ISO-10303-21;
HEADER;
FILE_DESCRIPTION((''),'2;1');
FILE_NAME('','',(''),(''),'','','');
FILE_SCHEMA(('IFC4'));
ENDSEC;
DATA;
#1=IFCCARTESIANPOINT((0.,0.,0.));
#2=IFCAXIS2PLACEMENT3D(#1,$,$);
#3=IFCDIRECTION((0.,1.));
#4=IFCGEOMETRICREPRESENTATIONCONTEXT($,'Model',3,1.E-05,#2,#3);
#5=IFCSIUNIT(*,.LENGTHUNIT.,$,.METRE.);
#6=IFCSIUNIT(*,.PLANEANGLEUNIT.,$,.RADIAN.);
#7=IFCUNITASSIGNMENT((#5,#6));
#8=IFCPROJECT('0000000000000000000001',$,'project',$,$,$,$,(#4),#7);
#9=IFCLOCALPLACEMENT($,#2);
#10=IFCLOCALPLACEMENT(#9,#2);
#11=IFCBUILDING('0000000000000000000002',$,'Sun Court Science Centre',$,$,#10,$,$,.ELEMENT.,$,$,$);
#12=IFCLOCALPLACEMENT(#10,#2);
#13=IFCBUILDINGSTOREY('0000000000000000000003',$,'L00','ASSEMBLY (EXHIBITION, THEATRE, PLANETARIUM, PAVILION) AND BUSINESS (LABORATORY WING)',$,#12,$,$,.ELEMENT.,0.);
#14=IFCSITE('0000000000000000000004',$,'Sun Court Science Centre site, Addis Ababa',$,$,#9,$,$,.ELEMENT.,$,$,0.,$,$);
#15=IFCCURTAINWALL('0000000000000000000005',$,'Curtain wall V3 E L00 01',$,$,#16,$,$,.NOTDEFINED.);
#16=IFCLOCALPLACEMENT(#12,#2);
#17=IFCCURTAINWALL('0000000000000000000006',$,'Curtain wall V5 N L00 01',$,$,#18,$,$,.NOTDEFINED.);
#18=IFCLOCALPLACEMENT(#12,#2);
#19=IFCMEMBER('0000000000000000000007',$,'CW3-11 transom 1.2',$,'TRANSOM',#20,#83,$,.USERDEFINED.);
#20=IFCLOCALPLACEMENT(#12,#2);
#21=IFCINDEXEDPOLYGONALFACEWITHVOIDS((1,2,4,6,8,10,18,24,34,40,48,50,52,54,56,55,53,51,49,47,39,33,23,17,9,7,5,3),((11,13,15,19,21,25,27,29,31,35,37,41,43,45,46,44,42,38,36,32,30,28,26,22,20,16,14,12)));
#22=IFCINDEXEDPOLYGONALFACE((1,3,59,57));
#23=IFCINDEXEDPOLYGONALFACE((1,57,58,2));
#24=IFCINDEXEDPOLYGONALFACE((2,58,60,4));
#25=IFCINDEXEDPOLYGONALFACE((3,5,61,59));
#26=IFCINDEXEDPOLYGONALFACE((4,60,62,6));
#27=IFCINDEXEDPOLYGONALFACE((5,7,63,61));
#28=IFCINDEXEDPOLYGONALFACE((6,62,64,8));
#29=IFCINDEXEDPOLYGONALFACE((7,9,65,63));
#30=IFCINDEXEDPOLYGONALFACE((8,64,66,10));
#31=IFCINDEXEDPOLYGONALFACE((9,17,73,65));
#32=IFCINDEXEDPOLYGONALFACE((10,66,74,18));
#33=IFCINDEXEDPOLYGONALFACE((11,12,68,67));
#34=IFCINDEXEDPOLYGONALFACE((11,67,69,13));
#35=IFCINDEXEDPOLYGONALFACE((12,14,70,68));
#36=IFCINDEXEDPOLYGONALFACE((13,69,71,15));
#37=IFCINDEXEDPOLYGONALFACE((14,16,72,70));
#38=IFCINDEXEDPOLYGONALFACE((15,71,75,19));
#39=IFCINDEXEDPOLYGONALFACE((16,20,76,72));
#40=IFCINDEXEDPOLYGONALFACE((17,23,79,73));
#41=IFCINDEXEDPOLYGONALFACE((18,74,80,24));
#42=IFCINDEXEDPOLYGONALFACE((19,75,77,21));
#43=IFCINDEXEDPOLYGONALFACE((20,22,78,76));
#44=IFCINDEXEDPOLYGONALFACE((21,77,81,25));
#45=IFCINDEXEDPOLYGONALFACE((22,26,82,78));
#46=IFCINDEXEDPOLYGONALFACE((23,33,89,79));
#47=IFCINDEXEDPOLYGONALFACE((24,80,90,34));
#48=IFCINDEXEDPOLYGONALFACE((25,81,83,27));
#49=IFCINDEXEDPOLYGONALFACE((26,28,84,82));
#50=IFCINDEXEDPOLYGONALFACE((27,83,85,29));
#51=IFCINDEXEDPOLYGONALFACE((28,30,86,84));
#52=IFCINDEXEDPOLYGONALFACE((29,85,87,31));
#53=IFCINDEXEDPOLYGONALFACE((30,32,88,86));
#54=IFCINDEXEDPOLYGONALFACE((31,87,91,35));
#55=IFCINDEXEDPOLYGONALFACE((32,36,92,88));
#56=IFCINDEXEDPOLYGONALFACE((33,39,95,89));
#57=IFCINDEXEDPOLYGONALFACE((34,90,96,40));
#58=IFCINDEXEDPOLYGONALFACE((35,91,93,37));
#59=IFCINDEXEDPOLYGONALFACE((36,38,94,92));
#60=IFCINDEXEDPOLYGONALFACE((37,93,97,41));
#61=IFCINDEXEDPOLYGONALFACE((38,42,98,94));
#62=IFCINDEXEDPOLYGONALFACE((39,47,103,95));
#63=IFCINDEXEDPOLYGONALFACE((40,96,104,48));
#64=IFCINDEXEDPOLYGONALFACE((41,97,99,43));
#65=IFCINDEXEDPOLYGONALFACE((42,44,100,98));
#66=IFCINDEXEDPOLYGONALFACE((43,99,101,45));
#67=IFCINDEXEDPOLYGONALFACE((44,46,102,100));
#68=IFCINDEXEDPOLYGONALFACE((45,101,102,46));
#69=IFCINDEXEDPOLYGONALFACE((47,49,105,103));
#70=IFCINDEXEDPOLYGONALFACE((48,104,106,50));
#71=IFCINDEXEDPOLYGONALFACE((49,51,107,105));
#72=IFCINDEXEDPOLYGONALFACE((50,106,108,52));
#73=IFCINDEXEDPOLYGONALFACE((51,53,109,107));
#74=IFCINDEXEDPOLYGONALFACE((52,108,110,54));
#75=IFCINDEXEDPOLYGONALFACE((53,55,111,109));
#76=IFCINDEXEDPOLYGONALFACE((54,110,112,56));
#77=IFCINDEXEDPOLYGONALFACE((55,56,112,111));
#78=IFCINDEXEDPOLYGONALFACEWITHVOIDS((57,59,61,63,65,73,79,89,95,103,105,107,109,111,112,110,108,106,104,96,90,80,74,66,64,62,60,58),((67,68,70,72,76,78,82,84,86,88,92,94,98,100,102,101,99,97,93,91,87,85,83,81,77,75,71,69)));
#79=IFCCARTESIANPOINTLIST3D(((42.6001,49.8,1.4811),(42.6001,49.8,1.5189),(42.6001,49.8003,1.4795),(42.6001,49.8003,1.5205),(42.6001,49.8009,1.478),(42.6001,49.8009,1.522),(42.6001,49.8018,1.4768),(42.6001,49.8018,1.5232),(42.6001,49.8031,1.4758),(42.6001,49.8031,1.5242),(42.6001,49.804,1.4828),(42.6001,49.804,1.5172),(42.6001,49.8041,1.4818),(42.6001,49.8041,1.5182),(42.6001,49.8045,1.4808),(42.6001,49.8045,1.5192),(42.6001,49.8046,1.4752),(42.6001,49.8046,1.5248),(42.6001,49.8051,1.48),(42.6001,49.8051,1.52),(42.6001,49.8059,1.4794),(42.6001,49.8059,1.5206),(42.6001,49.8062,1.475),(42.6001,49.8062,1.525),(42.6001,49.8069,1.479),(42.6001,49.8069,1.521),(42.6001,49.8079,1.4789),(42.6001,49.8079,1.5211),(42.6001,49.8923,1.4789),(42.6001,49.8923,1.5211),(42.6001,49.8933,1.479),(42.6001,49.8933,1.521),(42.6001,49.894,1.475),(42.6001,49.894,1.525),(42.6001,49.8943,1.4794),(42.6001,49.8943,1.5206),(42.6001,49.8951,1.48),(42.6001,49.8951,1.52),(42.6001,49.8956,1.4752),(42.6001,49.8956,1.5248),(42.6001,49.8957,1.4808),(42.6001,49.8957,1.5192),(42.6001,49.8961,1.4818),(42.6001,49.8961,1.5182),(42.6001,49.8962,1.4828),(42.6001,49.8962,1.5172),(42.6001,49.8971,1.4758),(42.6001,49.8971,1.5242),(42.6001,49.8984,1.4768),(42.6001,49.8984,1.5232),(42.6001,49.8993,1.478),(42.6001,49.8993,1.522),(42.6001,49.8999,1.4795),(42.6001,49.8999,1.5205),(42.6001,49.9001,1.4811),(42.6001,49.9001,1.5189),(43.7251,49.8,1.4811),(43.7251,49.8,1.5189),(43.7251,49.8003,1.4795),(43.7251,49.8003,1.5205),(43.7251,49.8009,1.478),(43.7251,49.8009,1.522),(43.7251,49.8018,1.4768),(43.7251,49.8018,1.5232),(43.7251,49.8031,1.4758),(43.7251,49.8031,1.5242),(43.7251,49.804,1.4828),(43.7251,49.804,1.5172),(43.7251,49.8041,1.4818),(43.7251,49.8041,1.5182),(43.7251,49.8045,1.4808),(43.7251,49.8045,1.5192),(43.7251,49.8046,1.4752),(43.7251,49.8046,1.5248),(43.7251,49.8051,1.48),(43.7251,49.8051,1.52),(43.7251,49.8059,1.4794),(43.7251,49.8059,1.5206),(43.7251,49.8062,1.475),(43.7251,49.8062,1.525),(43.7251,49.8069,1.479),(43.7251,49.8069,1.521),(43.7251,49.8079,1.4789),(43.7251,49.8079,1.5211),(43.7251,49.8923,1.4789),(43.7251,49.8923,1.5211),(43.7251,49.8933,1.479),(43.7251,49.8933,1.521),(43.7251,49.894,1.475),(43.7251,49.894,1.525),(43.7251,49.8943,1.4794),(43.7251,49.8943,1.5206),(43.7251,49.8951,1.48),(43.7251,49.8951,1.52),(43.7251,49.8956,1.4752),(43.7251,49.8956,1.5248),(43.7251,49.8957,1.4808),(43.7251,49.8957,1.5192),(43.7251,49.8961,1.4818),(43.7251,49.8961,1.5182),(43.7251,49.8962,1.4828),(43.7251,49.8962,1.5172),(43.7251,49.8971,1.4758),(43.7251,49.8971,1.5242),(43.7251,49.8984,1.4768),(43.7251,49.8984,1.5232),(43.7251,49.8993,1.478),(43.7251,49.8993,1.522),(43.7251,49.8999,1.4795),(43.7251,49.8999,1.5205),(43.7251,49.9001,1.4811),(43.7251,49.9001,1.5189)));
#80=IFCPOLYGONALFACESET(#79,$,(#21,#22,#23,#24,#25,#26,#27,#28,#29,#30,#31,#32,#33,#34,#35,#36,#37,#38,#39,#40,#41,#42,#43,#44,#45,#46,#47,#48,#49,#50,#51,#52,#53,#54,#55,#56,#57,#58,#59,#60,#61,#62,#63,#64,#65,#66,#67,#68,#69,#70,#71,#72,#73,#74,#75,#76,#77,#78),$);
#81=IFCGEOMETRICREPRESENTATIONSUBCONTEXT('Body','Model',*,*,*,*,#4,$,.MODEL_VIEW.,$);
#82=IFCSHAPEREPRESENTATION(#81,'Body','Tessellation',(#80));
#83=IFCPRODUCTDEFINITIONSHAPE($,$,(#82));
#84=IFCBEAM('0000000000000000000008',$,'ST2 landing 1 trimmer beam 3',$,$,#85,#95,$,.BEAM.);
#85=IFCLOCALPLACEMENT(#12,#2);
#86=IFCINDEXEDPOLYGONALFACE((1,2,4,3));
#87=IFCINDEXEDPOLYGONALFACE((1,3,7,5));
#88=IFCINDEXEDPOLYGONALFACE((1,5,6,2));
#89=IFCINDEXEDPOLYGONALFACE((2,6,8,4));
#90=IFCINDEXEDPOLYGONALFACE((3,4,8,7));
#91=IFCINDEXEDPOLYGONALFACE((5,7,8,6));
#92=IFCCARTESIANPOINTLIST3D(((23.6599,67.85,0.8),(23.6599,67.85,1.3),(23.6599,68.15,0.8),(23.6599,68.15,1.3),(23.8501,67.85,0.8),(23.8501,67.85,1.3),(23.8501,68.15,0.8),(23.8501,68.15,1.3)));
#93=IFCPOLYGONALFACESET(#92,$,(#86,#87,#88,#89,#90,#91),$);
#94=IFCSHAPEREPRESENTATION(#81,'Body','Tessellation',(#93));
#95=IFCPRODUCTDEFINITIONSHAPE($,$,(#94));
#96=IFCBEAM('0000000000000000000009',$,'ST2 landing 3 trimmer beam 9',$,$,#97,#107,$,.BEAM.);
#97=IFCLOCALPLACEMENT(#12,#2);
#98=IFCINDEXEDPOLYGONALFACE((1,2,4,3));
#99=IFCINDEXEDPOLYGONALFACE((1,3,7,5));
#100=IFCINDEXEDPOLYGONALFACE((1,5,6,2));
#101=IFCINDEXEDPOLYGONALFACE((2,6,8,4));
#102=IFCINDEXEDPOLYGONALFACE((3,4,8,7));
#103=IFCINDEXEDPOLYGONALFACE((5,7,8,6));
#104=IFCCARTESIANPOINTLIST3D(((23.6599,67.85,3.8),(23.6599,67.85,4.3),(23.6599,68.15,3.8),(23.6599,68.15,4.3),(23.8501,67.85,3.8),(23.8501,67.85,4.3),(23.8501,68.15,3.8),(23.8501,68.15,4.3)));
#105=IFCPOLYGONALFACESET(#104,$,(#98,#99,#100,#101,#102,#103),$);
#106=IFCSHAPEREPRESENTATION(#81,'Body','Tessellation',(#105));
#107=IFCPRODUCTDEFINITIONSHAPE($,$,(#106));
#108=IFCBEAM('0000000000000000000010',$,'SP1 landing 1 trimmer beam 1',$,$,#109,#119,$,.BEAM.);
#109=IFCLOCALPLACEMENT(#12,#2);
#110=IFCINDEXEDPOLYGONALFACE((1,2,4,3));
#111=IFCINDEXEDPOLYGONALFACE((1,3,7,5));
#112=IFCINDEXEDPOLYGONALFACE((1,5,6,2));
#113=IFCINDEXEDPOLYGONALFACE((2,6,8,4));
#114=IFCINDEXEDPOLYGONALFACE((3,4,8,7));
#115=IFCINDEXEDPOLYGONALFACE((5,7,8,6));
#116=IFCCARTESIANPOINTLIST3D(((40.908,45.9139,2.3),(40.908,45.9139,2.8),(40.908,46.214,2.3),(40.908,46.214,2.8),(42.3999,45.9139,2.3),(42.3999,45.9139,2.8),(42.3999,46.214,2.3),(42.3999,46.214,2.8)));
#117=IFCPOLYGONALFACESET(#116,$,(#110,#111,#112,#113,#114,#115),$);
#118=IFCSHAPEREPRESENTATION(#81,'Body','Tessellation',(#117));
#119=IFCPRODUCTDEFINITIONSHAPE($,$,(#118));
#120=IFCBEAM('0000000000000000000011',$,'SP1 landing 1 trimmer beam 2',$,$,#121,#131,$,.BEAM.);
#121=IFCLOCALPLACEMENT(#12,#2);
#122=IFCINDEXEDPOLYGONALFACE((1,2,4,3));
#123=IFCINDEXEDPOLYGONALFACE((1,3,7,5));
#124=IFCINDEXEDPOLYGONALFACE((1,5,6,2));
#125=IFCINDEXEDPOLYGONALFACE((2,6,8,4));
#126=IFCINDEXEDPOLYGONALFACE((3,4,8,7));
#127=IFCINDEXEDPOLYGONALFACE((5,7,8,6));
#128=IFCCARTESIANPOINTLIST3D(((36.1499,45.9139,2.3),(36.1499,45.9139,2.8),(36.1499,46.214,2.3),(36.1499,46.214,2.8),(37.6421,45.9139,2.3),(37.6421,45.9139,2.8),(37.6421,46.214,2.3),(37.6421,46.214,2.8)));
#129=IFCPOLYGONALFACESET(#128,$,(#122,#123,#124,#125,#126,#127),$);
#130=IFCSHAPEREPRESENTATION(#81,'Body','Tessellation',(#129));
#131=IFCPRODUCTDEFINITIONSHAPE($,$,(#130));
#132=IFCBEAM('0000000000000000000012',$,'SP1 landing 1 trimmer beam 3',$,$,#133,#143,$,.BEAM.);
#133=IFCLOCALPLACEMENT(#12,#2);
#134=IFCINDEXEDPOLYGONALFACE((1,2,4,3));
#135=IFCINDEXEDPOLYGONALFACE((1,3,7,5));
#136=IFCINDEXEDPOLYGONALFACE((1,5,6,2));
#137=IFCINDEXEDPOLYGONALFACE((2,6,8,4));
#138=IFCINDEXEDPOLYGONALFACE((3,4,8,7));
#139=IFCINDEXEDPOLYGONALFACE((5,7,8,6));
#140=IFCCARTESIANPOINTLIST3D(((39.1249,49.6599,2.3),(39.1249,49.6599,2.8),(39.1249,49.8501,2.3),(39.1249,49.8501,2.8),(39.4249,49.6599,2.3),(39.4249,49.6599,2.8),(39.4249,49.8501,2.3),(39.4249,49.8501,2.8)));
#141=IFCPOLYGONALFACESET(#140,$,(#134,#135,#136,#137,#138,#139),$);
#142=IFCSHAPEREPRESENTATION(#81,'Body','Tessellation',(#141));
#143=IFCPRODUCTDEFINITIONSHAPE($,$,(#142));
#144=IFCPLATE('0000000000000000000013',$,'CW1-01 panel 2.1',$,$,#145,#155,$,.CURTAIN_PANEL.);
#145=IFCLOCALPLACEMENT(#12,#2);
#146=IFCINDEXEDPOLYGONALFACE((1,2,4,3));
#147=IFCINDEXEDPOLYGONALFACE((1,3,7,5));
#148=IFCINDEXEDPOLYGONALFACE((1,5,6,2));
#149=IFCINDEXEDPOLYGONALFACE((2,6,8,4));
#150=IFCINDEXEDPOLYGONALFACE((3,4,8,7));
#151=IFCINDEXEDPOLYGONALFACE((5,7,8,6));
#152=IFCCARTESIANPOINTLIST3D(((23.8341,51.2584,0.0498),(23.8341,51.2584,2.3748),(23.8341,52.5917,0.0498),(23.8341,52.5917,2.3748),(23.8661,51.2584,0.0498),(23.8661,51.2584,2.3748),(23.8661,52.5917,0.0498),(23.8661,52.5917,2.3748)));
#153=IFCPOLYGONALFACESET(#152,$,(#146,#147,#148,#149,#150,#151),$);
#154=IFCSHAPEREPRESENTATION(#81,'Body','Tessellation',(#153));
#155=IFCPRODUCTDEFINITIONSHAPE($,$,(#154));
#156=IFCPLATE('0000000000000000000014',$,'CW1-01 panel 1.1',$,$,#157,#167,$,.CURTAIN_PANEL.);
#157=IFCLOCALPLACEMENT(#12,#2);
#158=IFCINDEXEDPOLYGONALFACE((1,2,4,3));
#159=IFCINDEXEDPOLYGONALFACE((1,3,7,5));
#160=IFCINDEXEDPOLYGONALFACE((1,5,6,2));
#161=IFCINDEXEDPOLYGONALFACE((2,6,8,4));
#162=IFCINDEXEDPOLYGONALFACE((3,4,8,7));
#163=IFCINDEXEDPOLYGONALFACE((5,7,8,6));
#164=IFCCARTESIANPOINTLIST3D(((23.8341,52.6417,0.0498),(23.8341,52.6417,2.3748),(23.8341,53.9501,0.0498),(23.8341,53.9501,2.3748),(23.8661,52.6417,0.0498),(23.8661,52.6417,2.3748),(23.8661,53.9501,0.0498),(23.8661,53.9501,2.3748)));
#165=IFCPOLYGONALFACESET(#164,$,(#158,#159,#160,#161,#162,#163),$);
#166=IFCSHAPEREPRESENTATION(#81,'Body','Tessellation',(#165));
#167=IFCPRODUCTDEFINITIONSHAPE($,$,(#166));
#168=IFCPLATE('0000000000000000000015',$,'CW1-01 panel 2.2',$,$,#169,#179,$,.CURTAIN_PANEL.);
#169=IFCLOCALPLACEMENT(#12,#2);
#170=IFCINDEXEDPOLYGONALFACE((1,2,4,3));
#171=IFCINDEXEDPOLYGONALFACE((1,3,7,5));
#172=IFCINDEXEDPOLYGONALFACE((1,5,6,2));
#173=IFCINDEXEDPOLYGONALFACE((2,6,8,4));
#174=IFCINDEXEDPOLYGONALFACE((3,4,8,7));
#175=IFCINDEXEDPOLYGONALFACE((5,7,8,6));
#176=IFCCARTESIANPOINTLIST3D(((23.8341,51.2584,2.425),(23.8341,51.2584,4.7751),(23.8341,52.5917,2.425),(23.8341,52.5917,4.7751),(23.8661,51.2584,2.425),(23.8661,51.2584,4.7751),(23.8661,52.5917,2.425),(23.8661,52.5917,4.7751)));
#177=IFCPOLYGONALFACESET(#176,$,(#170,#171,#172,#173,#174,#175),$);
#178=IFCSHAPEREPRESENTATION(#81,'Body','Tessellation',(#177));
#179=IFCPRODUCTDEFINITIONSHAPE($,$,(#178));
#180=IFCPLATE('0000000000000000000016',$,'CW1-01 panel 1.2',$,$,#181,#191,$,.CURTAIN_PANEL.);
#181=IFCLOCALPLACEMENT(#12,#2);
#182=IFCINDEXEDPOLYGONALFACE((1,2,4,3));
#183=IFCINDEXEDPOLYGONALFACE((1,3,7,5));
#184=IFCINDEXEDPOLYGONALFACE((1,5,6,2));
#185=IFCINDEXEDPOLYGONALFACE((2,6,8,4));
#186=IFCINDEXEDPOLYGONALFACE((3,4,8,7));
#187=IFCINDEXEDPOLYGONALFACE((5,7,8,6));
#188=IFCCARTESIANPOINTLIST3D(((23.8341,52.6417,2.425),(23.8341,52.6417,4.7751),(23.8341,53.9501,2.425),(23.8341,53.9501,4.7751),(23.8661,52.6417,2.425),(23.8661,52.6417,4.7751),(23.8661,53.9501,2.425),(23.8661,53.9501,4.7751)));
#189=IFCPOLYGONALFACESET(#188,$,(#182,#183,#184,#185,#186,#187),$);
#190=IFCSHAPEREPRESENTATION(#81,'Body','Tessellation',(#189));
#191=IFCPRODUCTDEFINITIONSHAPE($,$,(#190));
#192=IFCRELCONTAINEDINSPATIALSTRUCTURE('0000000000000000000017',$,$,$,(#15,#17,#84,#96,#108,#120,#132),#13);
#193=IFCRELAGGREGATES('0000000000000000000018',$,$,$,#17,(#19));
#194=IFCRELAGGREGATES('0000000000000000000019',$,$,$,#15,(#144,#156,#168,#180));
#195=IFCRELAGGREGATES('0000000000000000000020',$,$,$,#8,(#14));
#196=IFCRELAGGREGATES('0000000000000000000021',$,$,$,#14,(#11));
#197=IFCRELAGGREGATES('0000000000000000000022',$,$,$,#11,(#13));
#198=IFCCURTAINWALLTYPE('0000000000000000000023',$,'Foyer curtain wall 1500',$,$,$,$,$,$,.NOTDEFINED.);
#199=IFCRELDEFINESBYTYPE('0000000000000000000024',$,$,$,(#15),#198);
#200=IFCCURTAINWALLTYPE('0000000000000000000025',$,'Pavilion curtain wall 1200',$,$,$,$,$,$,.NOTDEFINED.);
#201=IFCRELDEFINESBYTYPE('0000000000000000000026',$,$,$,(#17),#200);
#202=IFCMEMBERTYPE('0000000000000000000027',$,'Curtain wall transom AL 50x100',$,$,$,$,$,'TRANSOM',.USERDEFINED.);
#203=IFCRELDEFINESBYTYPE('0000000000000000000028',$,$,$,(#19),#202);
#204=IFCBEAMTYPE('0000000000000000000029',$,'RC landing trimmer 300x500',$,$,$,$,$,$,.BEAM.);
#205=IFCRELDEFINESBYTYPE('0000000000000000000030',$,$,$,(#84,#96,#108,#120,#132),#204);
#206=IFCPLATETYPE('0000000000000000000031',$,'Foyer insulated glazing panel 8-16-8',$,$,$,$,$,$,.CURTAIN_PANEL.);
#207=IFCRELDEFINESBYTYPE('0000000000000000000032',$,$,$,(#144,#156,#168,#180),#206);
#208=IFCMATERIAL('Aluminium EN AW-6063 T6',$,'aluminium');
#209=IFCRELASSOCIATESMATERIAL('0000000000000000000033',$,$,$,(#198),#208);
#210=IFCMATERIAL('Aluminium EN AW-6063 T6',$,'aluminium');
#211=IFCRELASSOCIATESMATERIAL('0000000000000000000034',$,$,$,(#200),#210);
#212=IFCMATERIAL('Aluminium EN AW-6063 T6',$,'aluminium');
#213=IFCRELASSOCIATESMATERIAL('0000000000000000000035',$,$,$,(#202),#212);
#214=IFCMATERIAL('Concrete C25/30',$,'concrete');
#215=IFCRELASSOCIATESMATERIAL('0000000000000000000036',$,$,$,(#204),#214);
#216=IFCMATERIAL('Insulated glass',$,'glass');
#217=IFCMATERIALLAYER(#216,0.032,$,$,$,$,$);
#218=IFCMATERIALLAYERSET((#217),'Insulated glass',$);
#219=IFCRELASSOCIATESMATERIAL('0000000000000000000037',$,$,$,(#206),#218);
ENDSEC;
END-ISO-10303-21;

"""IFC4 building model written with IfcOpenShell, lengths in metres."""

from ifc_helpers import new_model, si_unit, direction, frame, origin, origin_2d, place, context, subcontext, project, spatial, rectangle, hollow_rectangle, extrude, material, layer, layer_set, material_profile, profile_set, type_object, element, aggregate, save


model = new_model("IFC4")

# Units and contexts
model_context = context("Model", 3, precision=1e-05, world=origin(), true_north=direction((0.0, 1.0)))
body_context = subcontext(model_context, "Body", "Model", "MODEL_VIEW")
ifc_project = project(units=[si_unit("LENGTHUNIT", "METRE"), si_unit("PLANEANGLEUNIT", "RADIAN")], contexts=[model_context])

# Site, building, storey
site_placement = place(None, origin())
site = spatial("IfcSite", under=ifc_project, at=site_placement, Name="Sun Court Science Centre site, Addis Ababa", CompositionType="ELEMENT", RefElevation=0.0)
building_placement = place(site_placement, origin())
building = spatial("IfcBuilding", under=site, at=building_placement, Name="Sun Court Science Centre", CompositionType="ELEMENT")
storey_placement = place(building_placement, origin())
storey = spatial("IfcBuildingStorey", under=building, at=storey_placement, Name="L00", Description="ASSEMBLY (EXHIBITION, THEATRE, PLANETARIUM, PAVILION) AND BUSINESS (LABORATORY WING)", CompositionType="ELEMENT", Elevation=0.0)

# Curtain wall
ifc_material_1 = material(Name="Aluminium EN AW-6063 T6", Category="aluminium")
curtain_wall_type_1 = type_object("IfcCurtainWallType", Name="Foyer curtain wall 1500", PredefinedType="NOTDEFINED", material=ifc_material_1)
curtain_wall_1_placement = place(storey_placement, origin())
curtain_wall_1 = element("IfcCurtainWall", 1, at=curtain_wall_1_placement, inside=storey, type_object=curtain_wall_type_1, Name="Curtain wall V3 E L00 01", PredefinedType="NOTDEFINED")

# Curtain wall
ifc_material_2 = material(Name="Aluminium EN AW-6063 T6", Category="aluminium")
curtain_wall_type_2 = type_object("IfcCurtainWallType", Name="Pavilion curtain wall 1200", PredefinedType="NOTDEFINED", material=ifc_material_2)
curtain_wall_2_placement = place(storey_placement, origin())
curtain_wall_2 = element("IfcCurtainWall", 2, at=curtain_wall_2_placement, inside=storey, type_object=curtain_wall_type_2, Name="Curtain wall V5 N L00 01", PredefinedType="NOTDEFINED")

# Member
ifc_material_3 = material(Name="Aluminium EN AW-6063 T6", Category="aluminium")
ifc_material_profile_1 = material_profile(ifc_material_3, hollow_rectangle(XDim=0.05, YDim=0.1001, WallThickness=0.0039, InnerFilletRadius=0.0039, OuterFilletRadius=0.0061, at=origin_2d()), Name="AL 50x100x4")
ifc_profile_set_1 = profile_set([ifc_material_profile_1], Name="Aluminium EN AW-6063 T6")
member_type_1 = type_object("IfcMemberType", Name="Curtain wall transom AL 50x100", ElementType="TRANSOM", PredefinedType="USERDEFINED", material=ifc_profile_set_1)
member_1_placement = place(storey_placement, frame((42.6001, 49.8501, 1.5), z_axis=(1.0, 0.0, 0.0), x_axis=(0.0, 0.0, 1.0)))
member_1 = element("IfcMember", 3, at=member_1_placement, type_object=member_type_1, Name="CW3-11 transom 1.2", ObjectType="TRANSOM", PredefinedType="USERDEFINED", context=body_context, shape_type="SweptSolid", body=[
    extrude(hollow_rectangle(XDim=0.05, YDim=0.1001, WallThickness=0.0039, InnerFilletRadius=0.0039, OuterFilletRadius=0.0061, at=origin_2d()), origin(), (0.0, 0.0, 1.0), 1.125),
])
aggregate(curtain_wall_2, [member_1])

# Beams
ifc_material_4 = material(Name="Concrete C25/30", Category="concrete")
ifc_material_profile_2 = material_profile(ifc_material_4, rectangle(XDim=0.3, YDim=0.5, at=origin_2d()), Name="RC 300x500")
ifc_profile_set_2 = profile_set([ifc_material_profile_2], Name="Concrete C25/30")
beam_type = type_object("IfcBeamType", Name="RC landing trimmer 300x500", PredefinedType="BEAM", material=ifc_profile_set_2)
for number, where, z_axis, x_axis, name in (
    (4, (23.8501, 68.0, 1.05), (-1.0, 0.0, 0.0), (0.0, -1.0, 0.0), "ST2 landing 1 trimmer beam 3"),
    (5, (23.8501, 68.0, 4.05), (-1.0, 0.0, 0.0), (0.0, -1.0, 0.0), "ST2 landing 3 trimmer beam 9"),
):
    element("IfcBeam", number, at=place(storey_placement, frame(where, z_axis=z_axis, x_axis=x_axis)), inside=storey, type_object=beam_type, Name=name, PredefinedType="BEAM", context=body_context, shape_type="SweptSolid", body=[
        extrude(rectangle(XDim=0.3, YDim=0.5, at=origin_2d()), origin(), (0.0, 0.0, 1.0), 0.1902),
    ])
beam_1_placement = place(storey_placement, frame((42.3999, 46.064, 2.55), z_axis=(-1.0, 0.0, 0.0), x_axis=(0.0, -1.0, 0.0)))
element("IfcBeam", 6, at=beam_1_placement, inside=storey, type_object=beam_type, Name="SP1 landing 1 trimmer beam 1", PredefinedType="BEAM", context=body_context, shape_type="SweptSolid", body=[
    extrude(rectangle(XDim=0.3, YDim=0.5, at=origin_2d()), origin(), (0.0, 0.0, 1.0), 1.4919),
])
beam_2_placement = place(storey_placement, frame((36.1499, 46.064, 2.55), z_axis=(1.0, 0.0, 0.0), x_axis=(0.0, 1.0, 0.0)))
element("IfcBeam", 7, at=beam_2_placement, inside=storey, type_object=beam_type, Name="SP1 landing 1 trimmer beam 2", PredefinedType="BEAM", context=body_context, shape_type="SweptSolid", body=[
    extrude(rectangle(XDim=0.3, YDim=0.5, at=origin_2d()), origin(), (0.0, 0.0, 1.0), 1.4922),
])
beam_3_placement = place(storey_placement, frame((39.2749, 49.8501, 2.55), z_axis=(0.0, -1.0, 0.0), x_axis=(1.0, 0.0, 0.0)))
element("IfcBeam", 8, at=beam_3_placement, inside=storey, type_object=beam_type, Name="SP1 landing 1 trimmer beam 3", PredefinedType="BEAM", context=body_context, shape_type="SweptSolid", body=[
    extrude(rectangle(XDim=0.3, YDim=0.5, at=origin_2d()), origin(), (0.0, 0.0, 1.0), 0.1902),
])

# Plates
ifc_material_5 = material(Name="Insulated glass", Category="glass")
ifc_layer_1 = layer(ifc_material_5, 0.032)
ifc_layer_set_1 = layer_set([ifc_layer_1], Name="Insulated glass")
plate_type = type_object("IfcPlateType", Name="Foyer insulated glazing panel 8-16-8", PredefinedType="CURTAIN_PANEL", material=ifc_layer_set_1)
plate_1_placement = place(storey_placement, frame((23.8501, 51.925, 0.0498), z_axis=(0.0, 0.0, 1.0), x_axis=(0.0, -1.0, 0.0)))
plate_1 = element("IfcPlate", 9, at=plate_1_placement, type_object=plate_type, Name="CW1-01 panel 2.1", PredefinedType="CURTAIN_PANEL", context=body_context, shape_type="SweptSolid", body=[
    extrude(rectangle(XDim=1.3333, YDim=0.032, at=origin_2d()), origin(), (0.0, 0.0, 1.0), 2.325),
])
plate_2_placement = place(storey_placement, frame((23.8501, 53.2959, 0.0498), z_axis=(0.0, 0.0, 1.0), x_axis=(0.0, -1.0, 0.0)))
plate_2 = element("IfcPlate", 10, at=plate_2_placement, type_object=plate_type, Name="CW1-01 panel 1.1", PredefinedType="CURTAIN_PANEL", context=body_context, shape_type="SweptSolid", body=[
    extrude(rectangle(XDim=1.3083, YDim=0.032, at=origin_2d()), origin(), (0.0, 0.0, 1.0), 2.325),
])
plate_3_placement = place(storey_placement, frame((23.8501, 51.925, 2.425), z_axis=(0.0, 0.0, 1.0), x_axis=(0.0, -1.0, 0.0)))
plate_3 = element("IfcPlate", 11, at=plate_3_placement, type_object=plate_type, Name="CW1-01 panel 2.2", PredefinedType="CURTAIN_PANEL", context=body_context, shape_type="SweptSolid", body=[
    extrude(rectangle(XDim=1.3333, YDim=0.032, at=origin_2d()), origin(), (0.0, 0.0, 1.0), 2.3501),
])
plate_4_placement = place(storey_placement, frame((23.8501, 53.2959, 2.425), z_axis=(0.0, 0.0, 1.0), x_axis=(0.0, -1.0, 0.0)))
plate_4 = element("IfcPlate", 12, at=plate_4_placement, type_object=plate_type, Name="CW1-01 panel 1.2", PredefinedType="CURTAIN_PANEL", context=body_context, shape_type="SweptSolid", body=[
    extrude(rectangle(XDim=1.3083, YDim=0.032, at=origin_2d()), origin(), (0.0, 0.0, 1.0), 2.3501),
])
aggregate(curtain_wall_1, [plate_1, plate_2, plate_3, plate_4])

save(model, "model.ifc")
